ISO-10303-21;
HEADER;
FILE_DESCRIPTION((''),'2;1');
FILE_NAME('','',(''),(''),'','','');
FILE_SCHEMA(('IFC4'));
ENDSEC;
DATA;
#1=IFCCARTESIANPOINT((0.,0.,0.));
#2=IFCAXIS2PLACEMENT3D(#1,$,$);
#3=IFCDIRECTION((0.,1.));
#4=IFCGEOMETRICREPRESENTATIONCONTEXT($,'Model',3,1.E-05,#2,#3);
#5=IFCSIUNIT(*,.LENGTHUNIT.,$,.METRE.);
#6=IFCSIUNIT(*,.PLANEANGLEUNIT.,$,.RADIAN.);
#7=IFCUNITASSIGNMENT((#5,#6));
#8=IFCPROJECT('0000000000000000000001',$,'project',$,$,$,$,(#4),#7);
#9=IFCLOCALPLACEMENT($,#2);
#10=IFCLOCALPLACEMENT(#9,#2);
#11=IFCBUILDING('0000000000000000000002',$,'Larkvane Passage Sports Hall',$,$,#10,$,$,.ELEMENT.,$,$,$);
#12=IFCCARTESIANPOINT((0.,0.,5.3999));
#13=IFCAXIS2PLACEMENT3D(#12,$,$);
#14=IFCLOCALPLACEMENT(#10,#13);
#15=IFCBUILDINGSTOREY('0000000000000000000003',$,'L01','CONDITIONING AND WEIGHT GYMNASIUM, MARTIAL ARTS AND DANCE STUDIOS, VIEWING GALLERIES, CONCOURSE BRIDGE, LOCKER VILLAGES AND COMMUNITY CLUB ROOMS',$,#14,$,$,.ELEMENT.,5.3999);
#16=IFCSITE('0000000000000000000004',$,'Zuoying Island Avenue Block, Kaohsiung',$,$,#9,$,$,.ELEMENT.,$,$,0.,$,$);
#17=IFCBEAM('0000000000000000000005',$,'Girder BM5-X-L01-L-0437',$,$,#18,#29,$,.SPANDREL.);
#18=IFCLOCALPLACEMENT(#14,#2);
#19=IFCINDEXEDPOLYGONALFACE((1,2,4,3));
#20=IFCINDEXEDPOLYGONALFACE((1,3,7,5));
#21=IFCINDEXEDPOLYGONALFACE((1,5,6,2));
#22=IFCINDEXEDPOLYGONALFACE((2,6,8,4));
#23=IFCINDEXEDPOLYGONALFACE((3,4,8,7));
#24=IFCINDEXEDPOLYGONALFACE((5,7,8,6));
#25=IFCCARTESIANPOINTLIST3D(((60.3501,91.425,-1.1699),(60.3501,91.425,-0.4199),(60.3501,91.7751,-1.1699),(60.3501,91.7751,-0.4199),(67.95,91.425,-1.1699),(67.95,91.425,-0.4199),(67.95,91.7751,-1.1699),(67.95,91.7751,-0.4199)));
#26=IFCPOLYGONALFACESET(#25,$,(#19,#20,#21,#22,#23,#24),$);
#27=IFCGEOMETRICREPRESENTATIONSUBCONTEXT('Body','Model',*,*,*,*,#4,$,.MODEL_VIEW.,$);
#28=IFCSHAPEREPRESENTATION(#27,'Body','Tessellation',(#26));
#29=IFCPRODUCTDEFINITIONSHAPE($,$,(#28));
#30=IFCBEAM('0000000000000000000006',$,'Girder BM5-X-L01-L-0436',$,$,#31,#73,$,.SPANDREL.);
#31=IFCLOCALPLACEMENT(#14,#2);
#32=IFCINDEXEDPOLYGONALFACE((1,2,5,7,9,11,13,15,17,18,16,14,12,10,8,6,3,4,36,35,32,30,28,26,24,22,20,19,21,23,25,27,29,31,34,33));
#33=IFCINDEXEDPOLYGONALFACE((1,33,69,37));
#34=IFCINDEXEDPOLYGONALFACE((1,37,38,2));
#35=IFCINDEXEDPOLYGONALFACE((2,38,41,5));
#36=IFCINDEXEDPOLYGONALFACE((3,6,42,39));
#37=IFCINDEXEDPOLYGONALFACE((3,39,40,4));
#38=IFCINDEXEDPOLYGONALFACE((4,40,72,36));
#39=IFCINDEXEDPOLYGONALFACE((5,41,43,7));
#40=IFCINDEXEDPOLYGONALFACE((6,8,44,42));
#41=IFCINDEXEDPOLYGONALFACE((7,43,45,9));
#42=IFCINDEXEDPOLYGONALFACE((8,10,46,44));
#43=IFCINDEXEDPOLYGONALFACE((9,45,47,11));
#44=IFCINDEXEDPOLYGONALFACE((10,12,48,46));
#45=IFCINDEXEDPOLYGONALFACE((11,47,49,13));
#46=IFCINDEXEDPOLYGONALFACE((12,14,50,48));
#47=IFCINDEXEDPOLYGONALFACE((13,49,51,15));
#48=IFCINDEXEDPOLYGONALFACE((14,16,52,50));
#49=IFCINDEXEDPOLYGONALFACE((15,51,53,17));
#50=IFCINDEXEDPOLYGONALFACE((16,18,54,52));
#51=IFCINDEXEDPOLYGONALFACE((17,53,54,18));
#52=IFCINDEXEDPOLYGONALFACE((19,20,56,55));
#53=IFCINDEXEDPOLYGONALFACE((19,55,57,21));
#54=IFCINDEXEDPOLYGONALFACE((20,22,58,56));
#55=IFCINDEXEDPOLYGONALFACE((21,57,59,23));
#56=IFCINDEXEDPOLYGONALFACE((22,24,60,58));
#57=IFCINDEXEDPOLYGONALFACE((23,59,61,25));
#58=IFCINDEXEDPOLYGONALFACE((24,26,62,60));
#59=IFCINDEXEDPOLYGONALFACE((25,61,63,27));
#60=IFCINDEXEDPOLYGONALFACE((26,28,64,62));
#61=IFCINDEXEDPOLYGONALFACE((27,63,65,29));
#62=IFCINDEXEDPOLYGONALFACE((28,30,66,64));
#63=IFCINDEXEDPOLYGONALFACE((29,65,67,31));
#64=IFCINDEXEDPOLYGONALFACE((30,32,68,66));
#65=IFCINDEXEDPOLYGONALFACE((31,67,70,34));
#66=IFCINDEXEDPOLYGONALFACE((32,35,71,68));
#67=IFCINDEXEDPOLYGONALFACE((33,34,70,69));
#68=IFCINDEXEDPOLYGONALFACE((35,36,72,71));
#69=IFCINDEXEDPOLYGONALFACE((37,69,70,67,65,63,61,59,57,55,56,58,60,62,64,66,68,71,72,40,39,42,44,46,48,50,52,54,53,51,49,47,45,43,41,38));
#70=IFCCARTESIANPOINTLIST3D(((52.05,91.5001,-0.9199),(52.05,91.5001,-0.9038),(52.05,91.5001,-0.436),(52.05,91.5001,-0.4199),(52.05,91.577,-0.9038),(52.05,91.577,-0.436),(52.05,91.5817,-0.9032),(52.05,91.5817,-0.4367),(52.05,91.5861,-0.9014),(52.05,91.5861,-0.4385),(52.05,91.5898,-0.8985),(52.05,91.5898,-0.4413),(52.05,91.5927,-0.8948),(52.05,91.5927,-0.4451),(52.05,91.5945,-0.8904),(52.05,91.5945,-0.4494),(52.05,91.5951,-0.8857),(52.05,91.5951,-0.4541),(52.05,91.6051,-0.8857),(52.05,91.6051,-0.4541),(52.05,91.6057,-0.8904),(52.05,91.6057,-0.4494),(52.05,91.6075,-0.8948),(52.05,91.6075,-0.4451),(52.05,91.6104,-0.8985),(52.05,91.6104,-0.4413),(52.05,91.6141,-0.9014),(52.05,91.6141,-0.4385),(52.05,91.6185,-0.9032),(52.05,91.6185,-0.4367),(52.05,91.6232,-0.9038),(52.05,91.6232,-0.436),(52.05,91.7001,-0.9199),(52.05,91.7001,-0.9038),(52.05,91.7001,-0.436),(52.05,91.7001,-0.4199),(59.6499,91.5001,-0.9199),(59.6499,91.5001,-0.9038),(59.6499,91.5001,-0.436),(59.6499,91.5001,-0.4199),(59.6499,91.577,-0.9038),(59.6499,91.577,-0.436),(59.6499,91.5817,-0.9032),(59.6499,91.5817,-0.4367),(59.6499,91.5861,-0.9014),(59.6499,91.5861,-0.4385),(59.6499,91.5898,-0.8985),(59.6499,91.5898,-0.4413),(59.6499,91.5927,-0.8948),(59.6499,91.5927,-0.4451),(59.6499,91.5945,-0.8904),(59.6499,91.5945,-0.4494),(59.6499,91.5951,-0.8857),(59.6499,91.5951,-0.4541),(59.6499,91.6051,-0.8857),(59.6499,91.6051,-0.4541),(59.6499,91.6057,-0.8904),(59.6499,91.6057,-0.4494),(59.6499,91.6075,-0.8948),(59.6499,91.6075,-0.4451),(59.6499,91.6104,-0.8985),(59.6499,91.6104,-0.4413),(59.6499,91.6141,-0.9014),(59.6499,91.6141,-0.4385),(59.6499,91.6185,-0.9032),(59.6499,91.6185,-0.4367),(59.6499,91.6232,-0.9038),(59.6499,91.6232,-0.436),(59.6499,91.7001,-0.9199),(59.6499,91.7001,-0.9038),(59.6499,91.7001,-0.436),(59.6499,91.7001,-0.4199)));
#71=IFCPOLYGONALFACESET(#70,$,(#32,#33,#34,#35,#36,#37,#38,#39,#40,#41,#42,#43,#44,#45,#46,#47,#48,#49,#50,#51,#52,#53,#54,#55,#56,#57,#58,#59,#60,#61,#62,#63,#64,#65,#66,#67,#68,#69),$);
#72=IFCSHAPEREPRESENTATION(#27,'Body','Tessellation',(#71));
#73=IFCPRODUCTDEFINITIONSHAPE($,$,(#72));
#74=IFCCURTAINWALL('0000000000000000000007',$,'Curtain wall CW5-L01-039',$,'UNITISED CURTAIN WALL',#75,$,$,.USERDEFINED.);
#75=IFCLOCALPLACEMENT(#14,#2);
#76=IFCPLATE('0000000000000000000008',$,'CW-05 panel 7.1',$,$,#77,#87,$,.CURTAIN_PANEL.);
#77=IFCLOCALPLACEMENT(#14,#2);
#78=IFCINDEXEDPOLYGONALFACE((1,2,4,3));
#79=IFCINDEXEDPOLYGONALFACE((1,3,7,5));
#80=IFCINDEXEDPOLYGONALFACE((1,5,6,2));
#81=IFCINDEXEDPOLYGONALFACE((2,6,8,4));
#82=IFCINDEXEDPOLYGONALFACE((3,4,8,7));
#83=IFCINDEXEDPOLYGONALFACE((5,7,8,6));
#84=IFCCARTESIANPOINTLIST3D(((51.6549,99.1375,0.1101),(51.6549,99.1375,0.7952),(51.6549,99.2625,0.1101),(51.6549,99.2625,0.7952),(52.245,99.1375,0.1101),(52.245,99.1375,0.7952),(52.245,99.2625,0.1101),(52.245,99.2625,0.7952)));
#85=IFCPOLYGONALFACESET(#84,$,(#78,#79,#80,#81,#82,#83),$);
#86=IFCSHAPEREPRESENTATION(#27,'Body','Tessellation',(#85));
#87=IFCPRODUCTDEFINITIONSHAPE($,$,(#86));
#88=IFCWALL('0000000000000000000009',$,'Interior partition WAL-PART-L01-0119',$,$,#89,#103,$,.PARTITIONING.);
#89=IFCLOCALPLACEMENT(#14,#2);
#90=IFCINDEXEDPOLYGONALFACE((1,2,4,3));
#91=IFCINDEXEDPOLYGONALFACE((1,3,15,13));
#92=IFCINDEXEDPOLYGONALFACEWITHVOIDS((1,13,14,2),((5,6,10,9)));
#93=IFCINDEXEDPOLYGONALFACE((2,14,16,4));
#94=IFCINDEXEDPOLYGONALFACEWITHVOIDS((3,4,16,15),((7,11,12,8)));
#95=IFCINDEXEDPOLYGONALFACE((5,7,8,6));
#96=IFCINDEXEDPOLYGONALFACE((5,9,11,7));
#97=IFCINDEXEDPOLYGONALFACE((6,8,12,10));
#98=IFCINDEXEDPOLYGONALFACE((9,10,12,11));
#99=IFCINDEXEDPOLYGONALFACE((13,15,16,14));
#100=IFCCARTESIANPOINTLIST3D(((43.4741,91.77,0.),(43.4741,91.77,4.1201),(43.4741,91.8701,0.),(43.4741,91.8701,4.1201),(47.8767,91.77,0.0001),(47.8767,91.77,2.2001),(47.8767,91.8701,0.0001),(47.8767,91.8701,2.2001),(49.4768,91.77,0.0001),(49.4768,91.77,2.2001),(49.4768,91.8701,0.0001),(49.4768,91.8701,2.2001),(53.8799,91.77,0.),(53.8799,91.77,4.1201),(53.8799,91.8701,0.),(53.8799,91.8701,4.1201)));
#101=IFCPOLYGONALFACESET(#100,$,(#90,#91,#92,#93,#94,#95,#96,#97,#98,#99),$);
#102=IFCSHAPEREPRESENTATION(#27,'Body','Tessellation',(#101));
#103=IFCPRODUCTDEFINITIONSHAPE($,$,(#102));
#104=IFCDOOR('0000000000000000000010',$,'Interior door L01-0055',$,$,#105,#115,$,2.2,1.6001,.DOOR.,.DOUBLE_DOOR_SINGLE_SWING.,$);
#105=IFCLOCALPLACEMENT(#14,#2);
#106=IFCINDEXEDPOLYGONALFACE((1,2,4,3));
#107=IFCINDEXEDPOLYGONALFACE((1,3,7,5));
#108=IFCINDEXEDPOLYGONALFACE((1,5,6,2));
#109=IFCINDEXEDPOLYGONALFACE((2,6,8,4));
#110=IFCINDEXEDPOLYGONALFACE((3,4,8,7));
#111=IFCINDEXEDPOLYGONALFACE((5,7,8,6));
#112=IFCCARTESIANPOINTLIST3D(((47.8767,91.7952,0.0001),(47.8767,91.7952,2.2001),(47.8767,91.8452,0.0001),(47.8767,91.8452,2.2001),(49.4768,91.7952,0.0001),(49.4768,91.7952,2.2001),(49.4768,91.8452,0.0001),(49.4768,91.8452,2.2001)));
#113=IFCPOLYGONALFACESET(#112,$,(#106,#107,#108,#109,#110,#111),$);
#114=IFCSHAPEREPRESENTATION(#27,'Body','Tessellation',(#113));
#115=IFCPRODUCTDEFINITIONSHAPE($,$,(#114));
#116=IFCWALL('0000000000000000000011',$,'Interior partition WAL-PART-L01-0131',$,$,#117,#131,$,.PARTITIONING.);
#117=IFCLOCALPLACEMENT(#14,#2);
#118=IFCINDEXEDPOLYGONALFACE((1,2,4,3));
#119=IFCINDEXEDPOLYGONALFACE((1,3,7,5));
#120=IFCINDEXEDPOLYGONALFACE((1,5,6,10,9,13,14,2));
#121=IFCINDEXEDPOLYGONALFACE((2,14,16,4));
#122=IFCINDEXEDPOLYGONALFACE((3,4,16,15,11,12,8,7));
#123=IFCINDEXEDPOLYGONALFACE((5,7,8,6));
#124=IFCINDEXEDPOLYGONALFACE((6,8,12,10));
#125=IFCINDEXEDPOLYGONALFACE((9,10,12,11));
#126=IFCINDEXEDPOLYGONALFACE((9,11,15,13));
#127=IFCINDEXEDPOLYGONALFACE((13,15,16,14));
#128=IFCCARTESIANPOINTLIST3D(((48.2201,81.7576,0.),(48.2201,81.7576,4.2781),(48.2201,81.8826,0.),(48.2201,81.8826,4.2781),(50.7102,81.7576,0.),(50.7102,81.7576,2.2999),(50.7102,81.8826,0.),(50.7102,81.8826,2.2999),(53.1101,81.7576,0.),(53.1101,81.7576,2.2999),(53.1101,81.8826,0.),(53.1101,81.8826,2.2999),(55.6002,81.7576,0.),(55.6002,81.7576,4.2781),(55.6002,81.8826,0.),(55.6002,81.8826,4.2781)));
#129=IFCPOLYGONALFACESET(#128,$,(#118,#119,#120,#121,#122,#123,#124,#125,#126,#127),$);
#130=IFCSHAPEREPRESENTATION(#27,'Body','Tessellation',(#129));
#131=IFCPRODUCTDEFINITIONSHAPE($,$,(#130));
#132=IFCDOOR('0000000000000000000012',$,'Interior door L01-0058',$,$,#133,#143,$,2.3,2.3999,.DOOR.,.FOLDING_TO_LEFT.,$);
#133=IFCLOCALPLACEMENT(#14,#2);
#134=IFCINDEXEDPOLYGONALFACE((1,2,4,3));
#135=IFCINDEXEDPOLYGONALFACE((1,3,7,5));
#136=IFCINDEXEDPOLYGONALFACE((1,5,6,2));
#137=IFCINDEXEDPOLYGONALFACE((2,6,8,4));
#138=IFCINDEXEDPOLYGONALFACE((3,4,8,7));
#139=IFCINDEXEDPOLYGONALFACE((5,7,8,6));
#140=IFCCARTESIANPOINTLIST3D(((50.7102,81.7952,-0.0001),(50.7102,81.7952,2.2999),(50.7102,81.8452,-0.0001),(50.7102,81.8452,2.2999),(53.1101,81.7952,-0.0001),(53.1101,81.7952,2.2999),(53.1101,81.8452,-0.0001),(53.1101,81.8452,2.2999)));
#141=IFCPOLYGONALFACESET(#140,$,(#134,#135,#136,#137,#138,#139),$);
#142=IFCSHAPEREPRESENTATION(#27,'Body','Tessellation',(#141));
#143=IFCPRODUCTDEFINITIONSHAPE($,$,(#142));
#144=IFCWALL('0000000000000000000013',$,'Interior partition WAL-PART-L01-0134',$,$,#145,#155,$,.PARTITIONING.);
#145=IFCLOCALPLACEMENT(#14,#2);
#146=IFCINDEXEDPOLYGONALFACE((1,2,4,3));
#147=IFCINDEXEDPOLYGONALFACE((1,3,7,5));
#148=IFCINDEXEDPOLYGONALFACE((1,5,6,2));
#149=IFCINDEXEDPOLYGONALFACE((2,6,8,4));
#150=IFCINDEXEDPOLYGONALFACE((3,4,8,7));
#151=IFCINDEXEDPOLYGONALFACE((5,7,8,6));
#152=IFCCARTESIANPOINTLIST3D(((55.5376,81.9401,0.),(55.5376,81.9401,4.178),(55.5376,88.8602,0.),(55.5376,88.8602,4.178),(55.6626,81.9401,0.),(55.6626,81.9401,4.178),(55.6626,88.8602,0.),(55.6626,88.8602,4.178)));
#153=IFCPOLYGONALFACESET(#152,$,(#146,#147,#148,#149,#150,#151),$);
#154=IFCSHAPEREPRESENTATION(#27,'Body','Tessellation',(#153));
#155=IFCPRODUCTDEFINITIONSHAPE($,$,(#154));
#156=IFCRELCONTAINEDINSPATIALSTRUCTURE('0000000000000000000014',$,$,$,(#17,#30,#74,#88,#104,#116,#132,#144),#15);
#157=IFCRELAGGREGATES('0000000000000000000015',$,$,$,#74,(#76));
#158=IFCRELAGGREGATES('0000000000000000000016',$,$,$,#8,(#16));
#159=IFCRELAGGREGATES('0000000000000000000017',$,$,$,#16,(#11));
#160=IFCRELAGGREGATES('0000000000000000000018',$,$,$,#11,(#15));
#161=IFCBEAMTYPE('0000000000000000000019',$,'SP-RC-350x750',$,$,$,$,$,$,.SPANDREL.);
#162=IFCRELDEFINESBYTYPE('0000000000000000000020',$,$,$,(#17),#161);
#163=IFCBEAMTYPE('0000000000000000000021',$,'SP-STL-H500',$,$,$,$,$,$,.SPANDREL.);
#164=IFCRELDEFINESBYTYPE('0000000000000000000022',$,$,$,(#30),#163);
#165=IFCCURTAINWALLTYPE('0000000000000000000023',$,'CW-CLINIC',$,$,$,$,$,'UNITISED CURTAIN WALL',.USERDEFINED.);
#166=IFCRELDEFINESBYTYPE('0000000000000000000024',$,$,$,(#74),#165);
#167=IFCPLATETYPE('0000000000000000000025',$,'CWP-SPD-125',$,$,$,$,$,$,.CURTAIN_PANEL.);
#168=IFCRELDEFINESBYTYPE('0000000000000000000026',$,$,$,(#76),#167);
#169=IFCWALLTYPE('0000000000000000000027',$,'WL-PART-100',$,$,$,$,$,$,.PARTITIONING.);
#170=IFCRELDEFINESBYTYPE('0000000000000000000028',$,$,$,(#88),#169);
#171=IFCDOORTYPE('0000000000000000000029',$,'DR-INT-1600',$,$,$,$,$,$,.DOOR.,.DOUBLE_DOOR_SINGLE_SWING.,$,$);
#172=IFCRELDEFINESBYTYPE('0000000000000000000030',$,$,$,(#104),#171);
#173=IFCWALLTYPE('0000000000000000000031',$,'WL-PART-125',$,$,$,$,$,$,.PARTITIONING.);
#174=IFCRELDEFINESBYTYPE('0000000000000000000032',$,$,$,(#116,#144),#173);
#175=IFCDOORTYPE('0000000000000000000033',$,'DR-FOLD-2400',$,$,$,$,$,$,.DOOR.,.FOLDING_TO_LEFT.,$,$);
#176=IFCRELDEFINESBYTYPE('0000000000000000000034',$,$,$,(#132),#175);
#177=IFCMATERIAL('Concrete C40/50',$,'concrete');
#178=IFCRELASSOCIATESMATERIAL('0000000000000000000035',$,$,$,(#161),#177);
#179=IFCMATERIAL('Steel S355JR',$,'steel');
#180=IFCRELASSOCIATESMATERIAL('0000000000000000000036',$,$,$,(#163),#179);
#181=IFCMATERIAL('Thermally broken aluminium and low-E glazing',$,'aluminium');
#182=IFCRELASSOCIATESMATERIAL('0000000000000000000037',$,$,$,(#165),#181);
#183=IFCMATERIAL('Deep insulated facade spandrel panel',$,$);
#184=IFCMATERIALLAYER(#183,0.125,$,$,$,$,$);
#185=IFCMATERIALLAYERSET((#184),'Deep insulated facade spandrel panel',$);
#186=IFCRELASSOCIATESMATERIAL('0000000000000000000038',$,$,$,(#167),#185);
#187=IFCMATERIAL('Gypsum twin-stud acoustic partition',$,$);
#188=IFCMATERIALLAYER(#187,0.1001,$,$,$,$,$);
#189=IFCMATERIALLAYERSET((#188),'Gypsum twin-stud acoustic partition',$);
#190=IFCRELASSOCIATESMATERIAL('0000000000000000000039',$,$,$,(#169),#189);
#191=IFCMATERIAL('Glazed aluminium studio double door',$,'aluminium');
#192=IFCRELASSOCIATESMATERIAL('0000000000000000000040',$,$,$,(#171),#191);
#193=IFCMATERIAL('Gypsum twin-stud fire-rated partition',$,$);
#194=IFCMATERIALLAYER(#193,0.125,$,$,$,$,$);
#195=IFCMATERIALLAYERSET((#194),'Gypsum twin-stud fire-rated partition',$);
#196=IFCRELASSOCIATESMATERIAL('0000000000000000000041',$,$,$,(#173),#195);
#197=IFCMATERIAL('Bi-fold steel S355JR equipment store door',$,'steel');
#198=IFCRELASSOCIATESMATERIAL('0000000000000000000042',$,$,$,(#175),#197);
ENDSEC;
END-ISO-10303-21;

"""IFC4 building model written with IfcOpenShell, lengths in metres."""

from ifc_helpers import new_model, si_unit, direction, frame, frame_2d, origin, origin_2d, place, context, subcontext, project, spatial, rectangle, i_section, extrude, material, layer, layer_set, material_profile, profile_set, type_object, element, fill, aggregate, save


model = new_model("IFC4")

# Units and contexts
model_context = context("Model", 3, precision=1e-05, world=origin(), true_north=direction((0.0, 1.0)))
body_context = subcontext(model_context, "Body", "Model", "MODEL_VIEW")
ifc_project = project(units=[si_unit("LENGTHUNIT", "METRE"), si_unit("PLANEANGLEUNIT", "RADIAN")], contexts=[model_context])

# Site, building, storey
site_placement = place(None, origin())
site = spatial("IfcSite", under=ifc_project, at=site_placement, Name="Zuoying Island Avenue Block, Kaohsiung", CompositionType="ELEMENT", RefElevation=0.0)
building_placement = place(site_placement, origin())
building = spatial("IfcBuilding", under=site, at=building_placement, Name="Larkvane Passage Sports Hall", CompositionType="ELEMENT")
storey_placement = place(building_placement, frame((0.0, 0.0, 5.3999)))
storey = spatial("IfcBuildingStorey", under=building, at=storey_placement, Name="L01", Description="CONDITIONING AND WEIGHT GYMNASIUM, MARTIAL ARTS AND DANCE STUDIOS, VIEWING GALLERIES, CONCOURSE BRIDGE, LOCKER VILLAGES AND COMMUNITY CLUB ROOMS", CompositionType="ELEMENT", Elevation=5.3999)

# Shared definitions
ifc_material_1 = material(Name="Steel S355JR", Category="steel")

# Beams
ifc_material_2 = material(Name="Concrete C40/50", Category="concrete")
ifc_material_profile_1 = material_profile(ifc_material_2, rectangle(XDim=0.3501, YDim=0.75, at=origin_2d()), Name="RC-SP-350x750")
ifc_profile_set_1 = profile_set([ifc_material_profile_1], Name="Concrete C40/50")
beam_type_1 = type_object("IfcBeamType", Name="SP-RC-350x750", PredefinedType="SPANDREL", material=ifc_profile_set_1)
beam_1_placement = place(storey_placement, frame((60.3501, 91.6001, -0.7949), z_axis=(1.0, 0.0, 0.0), x_axis=(0.0, 1.0, 0.0)))
element("IfcBeam", 1, at=beam_1_placement, inside=storey, type_object=beam_type_1, Name="Girder BM5-X-L01-L-0437", PredefinedType="SPANDREL", context=body_context, shape_type="SweptSolid", body=[
    extrude(rectangle(XDim=0.3501, YDim=0.75, at=origin_2d()), origin(), (0.0, 0.0, 1.0), 7.5999),
])
ifc_material_profile_2 = material_profile(ifc_material_1, i_section(OverallWidth=0.2, OverallDepth=0.5, WebThickness=0.01, FlangeThickness=0.0161, FilletRadius=0.0181, at=origin_2d()), Name="H-500x200x10x16")
ifc_profile_set_2 = profile_set([ifc_material_profile_2], Name="Steel S355JR")
beam_type_2 = type_object("IfcBeamType", Name="SP-STL-H500", PredefinedType="SPANDREL", material=ifc_profile_set_2)
beam_2_placement = place(storey_placement, frame((52.05, 91.6001, -0.6699), z_axis=(1.0, 0.0, 0.0), x_axis=(0.0, 1.0, 0.0)))
element("IfcBeam", 2, at=beam_2_placement, inside=storey, type_object=beam_type_2, Name="Girder BM5-X-L01-L-0436", PredefinedType="SPANDREL", context=body_context, shape_type="SweptSolid", body=[
    extrude(i_section(OverallWidth=0.2, OverallDepth=0.5, WebThickness=0.01, FlangeThickness=0.0161, FilletRadius=0.0181, at=origin_2d()), origin(), (0.0, 0.0, 1.0), 7.5999),
])

# Curtain wall, plate
ifc_material_3 = material(Name="Thermally broken aluminium and low-E glazing", Category="aluminium")
curtain_wall_type = type_object("IfcCurtainWallType", Name="CW-CLINIC", ElementType="UNITISED CURTAIN WALL", PredefinedType="USERDEFINED", material=ifc_material_3)
curtain_wall_placement = place(storey_placement, origin())
curtain_wall = element("IfcCurtainWall", 3, at=curtain_wall_placement, inside=storey, type_object=curtain_wall_type, Name="Curtain wall CW5-L01-039", ObjectType="UNITISED CURTAIN WALL", PredefinedType="USERDEFINED")
ifc_material_4 = material(Name="Deep insulated facade spandrel panel")
ifc_layer_1 = layer(ifc_material_4, 0.125)
ifc_layer_set_1 = layer_set([ifc_layer_1], Name="Deep insulated facade spandrel panel")
plate_type = type_object("IfcPlateType", Name="CWP-SPD-125", PredefinedType="CURTAIN_PANEL", material=ifc_layer_set_1)
plate_placement = place(storey_placement, frame((51.95, 99.2, 0.1101), z_axis=(0.0, 0.0, 1.0), x_axis=(1.0, 0.0, 0.0)))
plate = element("IfcPlate", 4, at=plate_placement, type_object=plate_type, Name="CW-05 panel 7.1", PredefinedType="CURTAIN_PANEL", context=body_context, shape_type="SweptSolid", body=[
    extrude(rectangle(XDim=0.5901, YDim=0.125, at=origin_2d()), origin(), (0.0, 0.0, 1.0), 0.6851),
])
aggregate(curtain_wall, [plate])

# Walls, openings, doors
ifc_material_5 = material(Name="Gypsum twin-stud acoustic partition")
ifc_layer_2 = layer(ifc_material_5, 0.1001)
ifc_layer_set_2 = layer_set([ifc_layer_2], Name="Gypsum twin-stud acoustic partition")
wall_type_1 = type_object("IfcWallType", Name="WL-PART-100", PredefinedType="PARTITIONING", material=ifc_layer_set_2)
wall_1_placement = place(storey_placement, frame((53.8799, 91.8201, 0.0), z_axis=(0.0, 0.0, 1.0), x_axis=(-1.0, 0.0, 0.0)))
wall_1 = element("IfcWall", 5, at=wall_1_placement, inside=storey, type_object=wall_type_1, Name="Interior partition WAL-PART-L01-0119", PredefinedType="PARTITIONING", context=body_context, shape_type="SweptSolid", body=[
    extrude(rectangle(XDim=10.4058, YDim=0.1001, at=frame_2d((5.2029, 0.0))), origin(), (0.0, 0.0, 1.0), 4.1201),
])
opening_1_placement = place(wall_1_placement, frame((4.4031, 0.0, 0.0)))
opening_1 = element("IfcOpeningElement", 6, at=opening_1_placement, cuts=wall_1, PredefinedType="OPENING", context=body_context, shape_type="SweptSolid", body=[
    extrude(rectangle(XDim=1.6001, YDim=2.2, at=frame_2d((0.8, 1.1001))), frame((0.0, 0.0601, 0.0), z_axis=(0.0, -1.0, 0.0), x_axis=(1.0, 0.0, 0.0)), (0.0, 0.0, 1.0), 0.1201),
])
ifc_material_6 = material(Name="Glazed aluminium studio double door", Category="aluminium")
door_type_1 = type_object("IfcDoorType", Name="DR-INT-1600", OperationType="DOUBLE_DOOR_SINGLE_SWING", PredefinedType="DOOR", material=ifc_material_6)
door_1_placement = place(opening_1_placement, origin())
door_1 = element("IfcDoor", 7, at=door_1_placement, inside=storey, type_object=door_type_1, Name="Interior door L01-0055", OperationType="DOUBLE_DOOR_SINGLE_SWING", OverallHeight=2.2, OverallWidth=1.6001, PredefinedType="DOOR", context=body_context, shape_type="SweptSolid", body=[
    extrude(rectangle(XDim=1.6001, YDim=2.2, at=frame_2d((0.8, 1.1001))), frame((0.0, 0.0249, 0.0), z_axis=(0.0, -1.0, 0.0), x_axis=(1.0, 0.0, 0.0)), (0.0, 0.0, 1.0), 0.05),
])
fill(opening_1, door_1)
ifc_material_7 = material(Name="Gypsum twin-stud fire-rated partition")
ifc_layer_3 = layer(ifc_material_7, 0.125)
ifc_layer_set_3 = layer_set([ifc_layer_3], Name="Gypsum twin-stud fire-rated partition")
wall_type_2 = type_object("IfcWallType", Name="WL-PART-125", PredefinedType="PARTITIONING", material=ifc_layer_set_3)
wall_2_placement = place(storey_placement, frame((55.6001, 81.8201, 0.0), z_axis=(0.0, 0.0, 1.0), x_axis=(-1.0, 0.0, 0.0)))
wall_2 = element("IfcWall", 8, at=wall_2_placement, inside=storey, type_object=wall_type_2, Name="Interior partition WAL-PART-L01-0131", PredefinedType="PARTITIONING", context=body_context, shape_type="SweptSolid", body=[
    extrude(rectangle(XDim=7.3801, YDim=0.125, at=frame_2d((3.6899, 0.0))), origin(), (0.0, 0.0, 1.0), 4.2781),
])
opening_2_placement = place(wall_2_placement, frame((2.49, 0.0, 0.0)))
opening_2 = element("IfcOpeningElement", 9, at=opening_2_placement, cuts=wall_2, PredefinedType="OPENING", context=body_context, shape_type="SweptSolid", body=[
    extrude(rectangle(XDim=2.3999, YDim=2.3, at=frame_2d((1.2, 1.1499))), frame((0.0, 0.0725, 0.0), z_axis=(0.0, -1.0, 0.0), x_axis=(1.0, 0.0, 0.0)), (0.0, 0.0, 1.0), 0.145),
])
ifc_material_8 = material(Name="Bi-fold steel S355JR equipment store door", Category="steel")
door_type_2 = type_object("IfcDoorType", Name="DR-FOLD-2400", OperationType="FOLDING_TO_LEFT", PredefinedType="DOOR", material=ifc_material_8)
door_2_placement = place(opening_2_placement, origin())
door_2 = element("IfcDoor", 10, at=door_2_placement, inside=storey, type_object=door_type_2, Name="Interior door L01-0058", OperationType="FOLDING_TO_LEFT", OverallHeight=2.3, OverallWidth=2.3999, PredefinedType="DOOR", context=body_context, shape_type="SweptSolid", body=[
    extrude(rectangle(XDim=2.3999, YDim=2.3, at=frame_2d((1.2, 1.1499))), frame((0.0, 0.0249, 0.0), z_axis=(0.0, -1.0, 0.0), x_axis=(1.0, 0.0, 0.0)), (0.0, 0.0, 1.0), 0.05),
])
fill(opening_2, door_2)

# Wall
wall_3_placement = place(storey_placement, frame((55.6001, 88.8601, 0.0), z_axis=(0.0, 0.0, 1.0), x_axis=(0.0, -1.0, 0.0)))
element("IfcWall", 11, at=wall_3_placement, inside=storey, type_object=wall_type_2, Name="Interior partition WAL-PART-L01-0134", PredefinedType="PARTITIONING", context=body_context, shape_type="SweptSolid", body=[
    extrude(rectangle(XDim=6.9202, YDim=0.125, at=frame_2d((3.46, 0.0))), origin(), (0.0, 0.0, 1.0), 4.178),
])

save(model, "model.ifc")
